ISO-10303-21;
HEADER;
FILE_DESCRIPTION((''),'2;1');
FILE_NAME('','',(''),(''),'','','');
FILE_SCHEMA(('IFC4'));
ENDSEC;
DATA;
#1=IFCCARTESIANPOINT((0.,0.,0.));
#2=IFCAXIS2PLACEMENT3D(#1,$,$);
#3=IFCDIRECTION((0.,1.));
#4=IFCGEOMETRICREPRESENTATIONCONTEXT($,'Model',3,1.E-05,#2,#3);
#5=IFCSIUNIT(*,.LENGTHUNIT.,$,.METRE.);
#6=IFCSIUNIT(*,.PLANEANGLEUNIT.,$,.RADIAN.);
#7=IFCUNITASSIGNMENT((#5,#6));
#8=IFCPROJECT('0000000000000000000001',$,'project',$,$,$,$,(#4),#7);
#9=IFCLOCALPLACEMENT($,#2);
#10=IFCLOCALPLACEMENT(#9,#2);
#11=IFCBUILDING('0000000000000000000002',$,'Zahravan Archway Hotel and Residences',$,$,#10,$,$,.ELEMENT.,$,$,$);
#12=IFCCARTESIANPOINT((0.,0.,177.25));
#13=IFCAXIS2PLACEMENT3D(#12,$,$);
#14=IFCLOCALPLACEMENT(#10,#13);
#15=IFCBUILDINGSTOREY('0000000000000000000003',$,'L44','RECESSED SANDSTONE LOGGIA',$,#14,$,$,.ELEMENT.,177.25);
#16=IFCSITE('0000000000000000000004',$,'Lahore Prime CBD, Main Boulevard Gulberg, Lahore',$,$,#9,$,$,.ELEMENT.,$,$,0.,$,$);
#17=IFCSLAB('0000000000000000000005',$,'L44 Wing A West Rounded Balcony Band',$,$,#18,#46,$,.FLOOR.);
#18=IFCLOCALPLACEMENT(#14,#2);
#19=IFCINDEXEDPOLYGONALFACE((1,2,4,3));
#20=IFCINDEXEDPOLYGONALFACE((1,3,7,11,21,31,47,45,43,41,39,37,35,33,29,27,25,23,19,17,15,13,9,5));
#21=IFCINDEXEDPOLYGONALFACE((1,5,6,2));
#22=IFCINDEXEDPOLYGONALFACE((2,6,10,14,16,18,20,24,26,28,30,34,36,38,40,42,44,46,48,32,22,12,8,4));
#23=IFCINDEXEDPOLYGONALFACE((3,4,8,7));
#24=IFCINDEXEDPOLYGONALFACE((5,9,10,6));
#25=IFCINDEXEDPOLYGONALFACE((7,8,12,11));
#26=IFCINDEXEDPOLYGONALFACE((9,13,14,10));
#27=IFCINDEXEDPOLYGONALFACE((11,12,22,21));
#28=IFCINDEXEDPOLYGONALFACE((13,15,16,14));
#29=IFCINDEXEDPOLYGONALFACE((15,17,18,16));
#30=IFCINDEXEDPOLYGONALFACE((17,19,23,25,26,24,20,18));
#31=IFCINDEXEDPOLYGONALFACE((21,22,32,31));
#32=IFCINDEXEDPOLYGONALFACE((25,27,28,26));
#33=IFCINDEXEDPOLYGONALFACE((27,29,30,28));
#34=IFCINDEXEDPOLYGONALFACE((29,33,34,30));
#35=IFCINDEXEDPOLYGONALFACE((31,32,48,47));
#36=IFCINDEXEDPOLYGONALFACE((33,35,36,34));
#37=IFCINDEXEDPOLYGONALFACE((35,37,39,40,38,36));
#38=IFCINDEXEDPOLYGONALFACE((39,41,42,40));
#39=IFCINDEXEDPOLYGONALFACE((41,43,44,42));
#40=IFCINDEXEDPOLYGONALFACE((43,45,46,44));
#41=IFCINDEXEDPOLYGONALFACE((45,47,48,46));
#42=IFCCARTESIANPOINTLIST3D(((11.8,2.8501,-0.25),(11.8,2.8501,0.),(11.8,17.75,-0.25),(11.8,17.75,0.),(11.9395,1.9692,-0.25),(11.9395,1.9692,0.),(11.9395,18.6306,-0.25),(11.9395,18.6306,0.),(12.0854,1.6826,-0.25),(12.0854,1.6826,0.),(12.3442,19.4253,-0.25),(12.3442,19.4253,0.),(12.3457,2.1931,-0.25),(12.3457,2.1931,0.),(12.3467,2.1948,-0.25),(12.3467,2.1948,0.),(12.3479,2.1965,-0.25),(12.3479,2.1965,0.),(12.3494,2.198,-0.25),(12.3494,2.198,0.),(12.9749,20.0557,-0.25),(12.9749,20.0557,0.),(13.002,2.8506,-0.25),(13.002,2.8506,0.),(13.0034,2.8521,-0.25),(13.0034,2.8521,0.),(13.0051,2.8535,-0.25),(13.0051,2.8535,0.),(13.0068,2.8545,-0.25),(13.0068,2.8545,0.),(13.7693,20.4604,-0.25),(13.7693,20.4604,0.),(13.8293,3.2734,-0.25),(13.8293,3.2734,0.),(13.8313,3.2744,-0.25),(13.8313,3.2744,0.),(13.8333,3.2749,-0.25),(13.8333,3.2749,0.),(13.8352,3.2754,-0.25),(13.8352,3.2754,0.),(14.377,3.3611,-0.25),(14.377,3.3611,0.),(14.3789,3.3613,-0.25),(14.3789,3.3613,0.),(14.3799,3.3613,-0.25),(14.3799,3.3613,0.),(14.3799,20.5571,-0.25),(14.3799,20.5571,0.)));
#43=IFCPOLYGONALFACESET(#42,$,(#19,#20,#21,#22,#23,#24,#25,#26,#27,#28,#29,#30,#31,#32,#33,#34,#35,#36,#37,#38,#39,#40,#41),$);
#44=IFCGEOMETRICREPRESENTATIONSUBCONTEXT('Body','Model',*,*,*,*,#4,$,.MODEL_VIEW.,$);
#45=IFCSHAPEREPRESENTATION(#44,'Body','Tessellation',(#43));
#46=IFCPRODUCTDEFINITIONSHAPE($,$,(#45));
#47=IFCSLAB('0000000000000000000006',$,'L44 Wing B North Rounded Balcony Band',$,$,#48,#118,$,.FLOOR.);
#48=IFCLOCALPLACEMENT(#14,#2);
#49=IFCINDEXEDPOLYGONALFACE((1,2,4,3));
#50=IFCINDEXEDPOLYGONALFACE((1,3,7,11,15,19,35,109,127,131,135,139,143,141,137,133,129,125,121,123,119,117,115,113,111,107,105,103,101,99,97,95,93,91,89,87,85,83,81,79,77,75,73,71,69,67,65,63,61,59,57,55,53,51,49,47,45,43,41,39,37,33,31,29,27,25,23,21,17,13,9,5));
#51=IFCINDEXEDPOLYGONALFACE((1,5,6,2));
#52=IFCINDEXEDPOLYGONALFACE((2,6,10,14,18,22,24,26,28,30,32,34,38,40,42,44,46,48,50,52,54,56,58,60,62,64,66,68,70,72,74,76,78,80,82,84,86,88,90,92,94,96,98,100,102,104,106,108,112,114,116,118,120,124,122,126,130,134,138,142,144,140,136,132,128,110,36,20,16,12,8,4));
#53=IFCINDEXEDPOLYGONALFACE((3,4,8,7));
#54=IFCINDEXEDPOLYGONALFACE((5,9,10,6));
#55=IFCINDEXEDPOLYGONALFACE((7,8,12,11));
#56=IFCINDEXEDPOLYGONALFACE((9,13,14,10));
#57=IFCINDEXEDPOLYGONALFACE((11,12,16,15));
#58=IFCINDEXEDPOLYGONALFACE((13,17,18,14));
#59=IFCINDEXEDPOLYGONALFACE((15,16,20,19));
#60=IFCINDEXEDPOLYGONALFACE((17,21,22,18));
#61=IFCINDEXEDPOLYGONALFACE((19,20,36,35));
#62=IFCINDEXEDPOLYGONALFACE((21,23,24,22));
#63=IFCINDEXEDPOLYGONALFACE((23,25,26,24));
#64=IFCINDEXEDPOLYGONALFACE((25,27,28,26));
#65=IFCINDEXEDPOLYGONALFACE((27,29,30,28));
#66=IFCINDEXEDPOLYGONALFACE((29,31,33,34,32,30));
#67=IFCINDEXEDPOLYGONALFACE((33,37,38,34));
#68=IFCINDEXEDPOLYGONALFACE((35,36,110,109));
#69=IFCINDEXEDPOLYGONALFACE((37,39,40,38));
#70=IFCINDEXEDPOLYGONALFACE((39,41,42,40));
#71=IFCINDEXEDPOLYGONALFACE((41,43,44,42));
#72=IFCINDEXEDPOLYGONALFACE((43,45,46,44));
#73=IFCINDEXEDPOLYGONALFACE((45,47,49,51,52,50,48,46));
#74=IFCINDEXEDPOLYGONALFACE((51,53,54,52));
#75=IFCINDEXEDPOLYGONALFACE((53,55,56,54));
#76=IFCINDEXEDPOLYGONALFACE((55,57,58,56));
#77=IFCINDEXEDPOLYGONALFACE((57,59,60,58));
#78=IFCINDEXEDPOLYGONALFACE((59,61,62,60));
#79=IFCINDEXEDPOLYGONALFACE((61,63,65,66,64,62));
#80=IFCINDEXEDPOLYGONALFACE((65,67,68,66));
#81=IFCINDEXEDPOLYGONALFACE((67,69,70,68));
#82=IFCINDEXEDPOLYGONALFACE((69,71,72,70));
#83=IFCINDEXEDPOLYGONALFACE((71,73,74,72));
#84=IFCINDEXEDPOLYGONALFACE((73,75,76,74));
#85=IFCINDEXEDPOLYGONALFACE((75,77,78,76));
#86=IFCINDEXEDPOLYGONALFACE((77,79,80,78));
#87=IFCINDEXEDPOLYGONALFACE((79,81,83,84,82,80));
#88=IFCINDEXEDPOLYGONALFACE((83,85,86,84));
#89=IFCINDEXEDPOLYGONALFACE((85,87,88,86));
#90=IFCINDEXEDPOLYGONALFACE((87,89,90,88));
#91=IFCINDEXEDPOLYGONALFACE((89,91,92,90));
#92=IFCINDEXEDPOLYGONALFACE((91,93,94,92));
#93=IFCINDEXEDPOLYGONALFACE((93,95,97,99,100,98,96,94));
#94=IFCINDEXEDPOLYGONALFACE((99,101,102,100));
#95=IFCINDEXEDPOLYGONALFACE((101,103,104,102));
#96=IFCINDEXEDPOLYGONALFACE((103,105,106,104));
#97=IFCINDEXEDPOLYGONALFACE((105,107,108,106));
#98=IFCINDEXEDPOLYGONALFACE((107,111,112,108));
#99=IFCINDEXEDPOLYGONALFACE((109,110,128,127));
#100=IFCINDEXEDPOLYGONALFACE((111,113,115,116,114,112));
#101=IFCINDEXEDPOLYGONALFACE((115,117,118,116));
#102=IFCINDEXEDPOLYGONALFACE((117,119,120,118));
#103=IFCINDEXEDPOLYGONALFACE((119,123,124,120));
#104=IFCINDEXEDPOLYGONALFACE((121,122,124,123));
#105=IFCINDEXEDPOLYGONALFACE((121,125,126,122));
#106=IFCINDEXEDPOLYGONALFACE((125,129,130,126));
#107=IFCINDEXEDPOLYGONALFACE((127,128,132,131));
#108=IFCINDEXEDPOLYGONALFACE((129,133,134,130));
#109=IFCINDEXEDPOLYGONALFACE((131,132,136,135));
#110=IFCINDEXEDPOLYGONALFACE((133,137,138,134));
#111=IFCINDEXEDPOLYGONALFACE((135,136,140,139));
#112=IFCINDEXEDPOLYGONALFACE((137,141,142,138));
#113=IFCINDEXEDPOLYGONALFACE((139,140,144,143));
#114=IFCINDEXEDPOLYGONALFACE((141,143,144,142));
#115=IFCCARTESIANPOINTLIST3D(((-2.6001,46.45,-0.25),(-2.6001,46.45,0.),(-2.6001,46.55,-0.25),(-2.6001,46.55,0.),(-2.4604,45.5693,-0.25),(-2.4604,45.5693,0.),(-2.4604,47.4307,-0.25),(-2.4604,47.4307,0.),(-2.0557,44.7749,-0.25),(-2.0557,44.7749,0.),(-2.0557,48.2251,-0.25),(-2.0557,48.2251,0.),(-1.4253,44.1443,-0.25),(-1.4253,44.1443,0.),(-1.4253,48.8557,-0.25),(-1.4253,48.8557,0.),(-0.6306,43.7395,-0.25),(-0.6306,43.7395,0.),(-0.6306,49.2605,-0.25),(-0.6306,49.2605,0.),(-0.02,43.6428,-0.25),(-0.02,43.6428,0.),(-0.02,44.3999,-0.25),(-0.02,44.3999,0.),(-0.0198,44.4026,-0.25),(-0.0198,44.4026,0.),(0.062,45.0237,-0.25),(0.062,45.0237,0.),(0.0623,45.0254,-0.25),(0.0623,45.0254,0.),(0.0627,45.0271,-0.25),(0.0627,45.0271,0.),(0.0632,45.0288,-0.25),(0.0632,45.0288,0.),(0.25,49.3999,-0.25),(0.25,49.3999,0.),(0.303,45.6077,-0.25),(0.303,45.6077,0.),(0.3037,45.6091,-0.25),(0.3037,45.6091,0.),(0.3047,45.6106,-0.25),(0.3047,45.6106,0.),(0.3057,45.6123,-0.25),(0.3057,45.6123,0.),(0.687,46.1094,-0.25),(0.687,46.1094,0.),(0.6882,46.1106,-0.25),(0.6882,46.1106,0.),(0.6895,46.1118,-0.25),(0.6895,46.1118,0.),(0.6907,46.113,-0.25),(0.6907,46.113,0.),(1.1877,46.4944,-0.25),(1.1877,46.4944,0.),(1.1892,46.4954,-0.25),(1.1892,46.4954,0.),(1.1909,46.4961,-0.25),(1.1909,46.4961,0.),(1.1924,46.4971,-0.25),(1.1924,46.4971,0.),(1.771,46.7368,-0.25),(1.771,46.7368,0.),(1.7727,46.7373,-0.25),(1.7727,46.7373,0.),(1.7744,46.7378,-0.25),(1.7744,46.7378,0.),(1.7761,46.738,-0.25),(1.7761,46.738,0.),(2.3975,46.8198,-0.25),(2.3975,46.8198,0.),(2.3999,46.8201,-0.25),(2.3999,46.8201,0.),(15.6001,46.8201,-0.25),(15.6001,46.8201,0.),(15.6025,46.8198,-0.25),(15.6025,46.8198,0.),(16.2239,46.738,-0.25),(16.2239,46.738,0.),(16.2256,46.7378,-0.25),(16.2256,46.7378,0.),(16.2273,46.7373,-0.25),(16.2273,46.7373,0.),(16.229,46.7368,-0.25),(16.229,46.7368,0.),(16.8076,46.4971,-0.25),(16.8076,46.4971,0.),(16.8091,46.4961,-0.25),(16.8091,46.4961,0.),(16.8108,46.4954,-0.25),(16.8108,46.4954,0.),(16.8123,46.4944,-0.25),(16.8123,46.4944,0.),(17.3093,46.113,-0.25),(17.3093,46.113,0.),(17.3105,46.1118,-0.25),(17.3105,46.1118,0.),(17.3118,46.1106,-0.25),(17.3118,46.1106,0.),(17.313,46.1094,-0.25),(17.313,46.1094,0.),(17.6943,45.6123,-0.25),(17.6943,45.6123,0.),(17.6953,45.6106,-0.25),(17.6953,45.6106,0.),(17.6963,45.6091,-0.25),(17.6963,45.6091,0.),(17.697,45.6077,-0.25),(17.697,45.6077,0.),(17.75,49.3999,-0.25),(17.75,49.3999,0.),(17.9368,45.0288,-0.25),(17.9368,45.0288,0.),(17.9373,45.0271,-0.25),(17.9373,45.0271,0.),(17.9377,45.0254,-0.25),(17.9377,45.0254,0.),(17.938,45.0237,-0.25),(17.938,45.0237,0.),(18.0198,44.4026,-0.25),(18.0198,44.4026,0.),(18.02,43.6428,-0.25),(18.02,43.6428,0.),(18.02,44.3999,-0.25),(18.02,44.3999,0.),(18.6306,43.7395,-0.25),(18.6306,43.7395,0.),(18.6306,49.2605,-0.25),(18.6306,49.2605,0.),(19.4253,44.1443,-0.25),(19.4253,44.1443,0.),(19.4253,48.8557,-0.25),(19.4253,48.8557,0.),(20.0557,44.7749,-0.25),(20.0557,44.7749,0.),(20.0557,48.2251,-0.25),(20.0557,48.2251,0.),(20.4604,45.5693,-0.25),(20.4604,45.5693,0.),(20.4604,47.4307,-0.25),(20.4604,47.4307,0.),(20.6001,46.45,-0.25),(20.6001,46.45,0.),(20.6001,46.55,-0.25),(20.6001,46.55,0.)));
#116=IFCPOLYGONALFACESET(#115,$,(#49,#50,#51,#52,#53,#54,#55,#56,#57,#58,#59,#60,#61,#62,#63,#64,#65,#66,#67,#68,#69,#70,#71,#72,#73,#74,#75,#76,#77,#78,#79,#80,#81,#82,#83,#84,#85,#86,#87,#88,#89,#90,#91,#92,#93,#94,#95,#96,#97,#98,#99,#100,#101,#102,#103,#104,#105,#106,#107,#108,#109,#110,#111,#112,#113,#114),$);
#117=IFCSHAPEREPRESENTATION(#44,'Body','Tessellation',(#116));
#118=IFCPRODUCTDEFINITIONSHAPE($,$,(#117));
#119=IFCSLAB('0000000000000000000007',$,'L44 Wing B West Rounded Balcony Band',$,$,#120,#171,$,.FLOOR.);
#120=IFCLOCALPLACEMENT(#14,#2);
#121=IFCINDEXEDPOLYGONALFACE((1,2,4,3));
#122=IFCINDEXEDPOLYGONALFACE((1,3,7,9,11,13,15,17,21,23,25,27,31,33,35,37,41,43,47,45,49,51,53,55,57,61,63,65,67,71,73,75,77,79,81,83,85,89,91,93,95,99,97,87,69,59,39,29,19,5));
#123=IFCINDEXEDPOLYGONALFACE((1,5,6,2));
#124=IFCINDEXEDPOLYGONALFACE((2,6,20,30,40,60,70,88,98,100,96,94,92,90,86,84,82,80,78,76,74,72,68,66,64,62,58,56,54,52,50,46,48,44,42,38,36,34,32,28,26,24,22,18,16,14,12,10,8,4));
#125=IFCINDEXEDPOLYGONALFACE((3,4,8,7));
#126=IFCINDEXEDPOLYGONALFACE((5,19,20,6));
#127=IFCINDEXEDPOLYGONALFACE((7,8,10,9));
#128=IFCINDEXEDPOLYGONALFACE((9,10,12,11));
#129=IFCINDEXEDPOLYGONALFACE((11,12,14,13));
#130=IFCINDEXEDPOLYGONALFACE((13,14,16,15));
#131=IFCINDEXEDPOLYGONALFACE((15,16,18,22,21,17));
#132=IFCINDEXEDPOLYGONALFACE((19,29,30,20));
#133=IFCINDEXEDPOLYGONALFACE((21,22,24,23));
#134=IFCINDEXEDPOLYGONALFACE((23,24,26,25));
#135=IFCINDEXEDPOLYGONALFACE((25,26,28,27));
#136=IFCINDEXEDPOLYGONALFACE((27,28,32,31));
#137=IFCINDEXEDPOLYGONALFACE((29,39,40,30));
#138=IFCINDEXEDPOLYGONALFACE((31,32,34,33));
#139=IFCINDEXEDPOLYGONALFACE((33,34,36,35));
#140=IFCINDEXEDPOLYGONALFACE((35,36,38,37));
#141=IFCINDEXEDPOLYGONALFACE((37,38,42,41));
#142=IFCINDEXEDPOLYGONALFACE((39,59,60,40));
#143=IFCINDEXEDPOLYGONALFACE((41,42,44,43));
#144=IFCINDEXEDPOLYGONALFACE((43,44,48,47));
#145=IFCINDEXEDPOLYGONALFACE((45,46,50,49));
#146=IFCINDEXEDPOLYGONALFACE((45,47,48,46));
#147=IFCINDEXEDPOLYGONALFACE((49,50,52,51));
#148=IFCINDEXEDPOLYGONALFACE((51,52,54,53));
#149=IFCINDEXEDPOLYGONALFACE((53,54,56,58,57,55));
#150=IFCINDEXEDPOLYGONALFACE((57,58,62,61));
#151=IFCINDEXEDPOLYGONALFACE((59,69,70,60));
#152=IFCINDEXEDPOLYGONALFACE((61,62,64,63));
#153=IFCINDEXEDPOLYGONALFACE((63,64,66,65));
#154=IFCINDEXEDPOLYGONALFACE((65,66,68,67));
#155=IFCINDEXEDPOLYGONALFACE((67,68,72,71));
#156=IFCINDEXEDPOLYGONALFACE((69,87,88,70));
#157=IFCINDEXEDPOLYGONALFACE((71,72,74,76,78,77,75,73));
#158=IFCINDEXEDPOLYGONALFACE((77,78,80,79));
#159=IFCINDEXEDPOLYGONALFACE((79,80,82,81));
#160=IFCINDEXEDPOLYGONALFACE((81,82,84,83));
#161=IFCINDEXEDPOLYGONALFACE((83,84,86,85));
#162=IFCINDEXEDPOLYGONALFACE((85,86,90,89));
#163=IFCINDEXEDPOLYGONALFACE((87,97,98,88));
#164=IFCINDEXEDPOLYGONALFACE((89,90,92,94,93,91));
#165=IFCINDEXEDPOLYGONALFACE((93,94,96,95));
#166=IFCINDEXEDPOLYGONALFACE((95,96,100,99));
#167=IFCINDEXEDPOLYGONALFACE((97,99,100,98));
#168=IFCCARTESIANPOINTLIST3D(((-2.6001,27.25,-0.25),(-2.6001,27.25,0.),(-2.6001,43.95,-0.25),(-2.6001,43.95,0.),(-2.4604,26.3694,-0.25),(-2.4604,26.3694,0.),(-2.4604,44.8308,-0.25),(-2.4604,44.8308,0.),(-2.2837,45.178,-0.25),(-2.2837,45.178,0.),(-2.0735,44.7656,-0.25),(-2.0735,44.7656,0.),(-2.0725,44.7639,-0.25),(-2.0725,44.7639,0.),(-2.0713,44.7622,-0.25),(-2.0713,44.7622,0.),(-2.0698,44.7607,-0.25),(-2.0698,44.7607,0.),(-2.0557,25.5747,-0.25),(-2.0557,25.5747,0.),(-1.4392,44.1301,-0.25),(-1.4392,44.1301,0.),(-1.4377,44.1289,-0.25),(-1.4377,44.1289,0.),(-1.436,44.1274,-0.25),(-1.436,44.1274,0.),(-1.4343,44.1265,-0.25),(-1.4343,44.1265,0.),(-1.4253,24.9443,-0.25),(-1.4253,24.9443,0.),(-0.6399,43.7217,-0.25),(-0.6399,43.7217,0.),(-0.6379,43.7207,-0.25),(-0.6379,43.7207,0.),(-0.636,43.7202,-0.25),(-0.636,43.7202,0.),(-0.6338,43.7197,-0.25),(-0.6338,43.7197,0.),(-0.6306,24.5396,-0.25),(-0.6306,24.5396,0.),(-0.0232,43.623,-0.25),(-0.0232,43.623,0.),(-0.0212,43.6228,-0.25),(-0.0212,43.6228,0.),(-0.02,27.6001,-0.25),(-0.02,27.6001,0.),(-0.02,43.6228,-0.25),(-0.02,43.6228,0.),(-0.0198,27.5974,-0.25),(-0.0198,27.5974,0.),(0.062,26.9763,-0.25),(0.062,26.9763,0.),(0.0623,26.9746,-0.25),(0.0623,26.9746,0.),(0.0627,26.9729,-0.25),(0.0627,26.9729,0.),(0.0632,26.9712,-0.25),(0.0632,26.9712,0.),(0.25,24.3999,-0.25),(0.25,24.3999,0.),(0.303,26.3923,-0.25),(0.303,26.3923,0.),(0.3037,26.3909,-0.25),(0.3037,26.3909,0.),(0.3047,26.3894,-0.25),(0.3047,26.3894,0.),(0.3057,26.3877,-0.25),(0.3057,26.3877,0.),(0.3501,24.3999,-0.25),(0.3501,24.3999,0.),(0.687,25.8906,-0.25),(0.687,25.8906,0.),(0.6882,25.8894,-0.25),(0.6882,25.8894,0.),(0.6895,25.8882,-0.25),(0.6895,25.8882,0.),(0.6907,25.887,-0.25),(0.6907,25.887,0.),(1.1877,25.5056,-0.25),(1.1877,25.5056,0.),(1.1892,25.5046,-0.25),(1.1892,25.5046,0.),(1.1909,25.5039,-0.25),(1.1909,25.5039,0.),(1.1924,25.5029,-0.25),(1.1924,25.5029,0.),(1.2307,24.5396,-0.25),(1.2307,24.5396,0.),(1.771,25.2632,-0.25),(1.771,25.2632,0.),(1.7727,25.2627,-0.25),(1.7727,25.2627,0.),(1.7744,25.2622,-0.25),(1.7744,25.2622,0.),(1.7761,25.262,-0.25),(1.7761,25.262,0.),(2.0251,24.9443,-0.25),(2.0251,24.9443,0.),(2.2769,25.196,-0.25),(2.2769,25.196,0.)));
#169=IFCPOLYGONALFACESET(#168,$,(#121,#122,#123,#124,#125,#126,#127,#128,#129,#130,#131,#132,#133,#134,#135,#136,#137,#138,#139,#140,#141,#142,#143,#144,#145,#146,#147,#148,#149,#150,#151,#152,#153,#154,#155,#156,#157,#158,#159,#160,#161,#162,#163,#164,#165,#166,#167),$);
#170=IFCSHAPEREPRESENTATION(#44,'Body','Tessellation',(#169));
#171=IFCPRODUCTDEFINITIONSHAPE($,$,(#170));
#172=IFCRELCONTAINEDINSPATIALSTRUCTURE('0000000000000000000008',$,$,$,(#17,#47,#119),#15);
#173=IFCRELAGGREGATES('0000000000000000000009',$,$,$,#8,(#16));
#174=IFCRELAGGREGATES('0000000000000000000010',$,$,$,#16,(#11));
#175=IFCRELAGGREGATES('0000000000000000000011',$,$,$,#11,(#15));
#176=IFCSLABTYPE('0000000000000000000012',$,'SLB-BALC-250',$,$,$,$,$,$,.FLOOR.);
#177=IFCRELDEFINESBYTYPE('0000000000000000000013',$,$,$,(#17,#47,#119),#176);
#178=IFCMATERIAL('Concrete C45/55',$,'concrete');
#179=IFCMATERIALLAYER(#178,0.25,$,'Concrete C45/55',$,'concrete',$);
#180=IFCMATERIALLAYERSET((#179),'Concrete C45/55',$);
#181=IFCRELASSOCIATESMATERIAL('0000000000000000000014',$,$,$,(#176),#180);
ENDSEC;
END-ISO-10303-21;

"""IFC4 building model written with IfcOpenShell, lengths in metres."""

from ifc_helpers import new_model, si_unit, direction, frame, origin, place, context, subcontext, project, spatial, polyline, outline, extrude, material, layer, layer_set, type_object, element, save


model = new_model("IFC4")

# Units and contexts
model_context = context("Model", 3, precision=1e-05, world=origin(), true_north=direction((0.0, 1.0)))
body_context = subcontext(model_context, "Body", "Model", "MODEL_VIEW")
ifc_project = project(units=[si_unit("LENGTHUNIT", "METRE"), si_unit("PLANEANGLEUNIT", "RADIAN")], contexts=[model_context])

# Site, building, storey
site_placement = place(None, origin())
site = spatial("IfcSite", under=ifc_project, at=site_placement, Name="Lahore Prime CBD, Main Boulevard Gulberg, Lahore", CompositionType="ELEMENT", RefElevation=0.0)
building_placement = place(site_placement, origin())
building = spatial("IfcBuilding", under=site, at=building_placement, Name="Zahravan Archway Hotel and Residences", CompositionType="ELEMENT")
storey_placement = place(building_placement, frame((0.0, 0.0, 177.25)))
storey = spatial("IfcBuildingStorey", under=building, at=storey_placement, Name="L44", Description="RECESSED SANDSTONE LOGGIA", CompositionType="ELEMENT", Elevation=177.25)

# Slabs
ifc_material_1 = material(Name="Concrete C45/55", Category="concrete")
ifc_layer_1 = layer(ifc_material_1, 0.25, Name="Concrete C45/55", Category="concrete")
ifc_layer_set_1 = layer_set([ifc_layer_1], Name="Concrete C45/55")
slab_type_1 = type_object("IfcSlabType", Name="SLB-BALC-250", PredefinedType="FLOOR", material=ifc_layer_set_1)
slab_1_placement = place(storey_placement, frame((0.0, 0.0, -0.25)))
element("IfcSlab", 1, at=slab_1_placement, inside=storey, type_object=slab_type_1, Name="L44 Wing A West Rounded Balcony Band", PredefinedType="FLOOR", context=body_context, shape_type="SweptSolid", body=[
    extrude(outline(polyline([(11.9395, 1.9692), (11.8, 2.8501), (11.8, 17.75), (11.9395, 18.6306), (12.3442, 19.4253), (12.9749, 20.0557), (13.7693, 20.4604), (14.3799, 20.5571), (14.3799, 3.3613), (14.3789, 3.3613), (14.377, 3.3611), (13.8352, 3.2754), (13.8333, 3.2749), (13.8313, 3.2744), (13.8293, 3.2734), (13.0068, 2.8545), (13.0051, 2.8535), (13.0034, 2.8521), (13.002, 2.8506), (12.3494, 2.198), (12.3479, 2.1965), (12.3467, 2.1948), (12.3457, 2.1931), (12.0854, 1.6826), (11.9395, 1.9692)])), origin(), (0.0, 0.0, 1.0), 0.25),
])
slab_2_placement = place(storey_placement, frame((0.0, 0.0, -0.25)))
element("IfcSlab", 2, at=slab_2_placement, inside=storey, type_object=slab_type_1, Name="L44 Wing B North Rounded Balcony Band", PredefinedType="FLOOR", context=body_context, shape_type="SweptSolid", body=[
    extrude(outline(polyline([(-0.6306, 43.7395), (-1.4253, 44.1443), (-2.0557, 44.7749), (-2.4604, 45.5693), (-2.6001, 46.45), (-2.6001, 46.55), (-2.4604, 47.4307), (-2.0557, 48.2251), (-1.4253, 48.8557), (-0.6306, 49.2605), (0.25, 49.3999), (17.75, 49.3999), (18.6306, 49.2605), (19.4253, 48.8557), (20.0557, 48.2251), (20.4604, 47.4307), (20.6001, 46.55), (20.6001, 46.45), (20.4604, 45.5693), (20.0557, 44.7749), (19.4253, 44.1443), (18.6306, 43.7395), (18.02, 43.6428), (18.02, 44.3999), (18.0198, 44.4026), (17.938, 45.0237), (17.9377, 45.0254), (17.9373, 45.0271), (17.9368, 45.0288), (17.697, 45.6077), (17.6963, 45.6091), (17.6953, 45.6106), (17.6943, 45.6123), (17.313, 46.1094), (17.3118, 46.1106), (17.3105, 46.1118), (17.3093, 46.113), (16.8123, 46.4944), (16.8108, 46.4954), (16.8091, 46.4961), (16.8076, 46.4971), (16.229, 46.7368), (16.2273, 46.7373), (16.2256, 46.7378), (16.2239, 46.738), (15.6025, 46.8198), (15.6001, 46.8201), (2.3999, 46.8201), (2.3975, 46.8198), (1.7761, 46.738), (1.7744, 46.7378), (1.7727, 46.7373), (1.771, 46.7368), (1.1924, 46.4971), (1.1909, 46.4961), (1.1892, 46.4954), (1.1877, 46.4944), (0.6907, 46.113), (0.6895, 46.1118), (0.6882, 46.1106), (0.687, 46.1094), (0.3057, 45.6123), (0.3047, 45.6106), (0.3037, 45.6091), (0.303, 45.6077), (0.0632, 45.0288), (0.0627, 45.0271), (0.0623, 45.0254), (0.062, 45.0237), (-0.0198, 44.4026), (-0.02, 44.3999), (-0.02, 43.6428), (-0.6306, 43.7395)])), origin(), (0.0, 0.0, 1.0), 0.25),
])
slab_3_placement = place(storey_placement, frame((0.0, 0.0, -0.25)))
element("IfcSlab", 3, at=slab_3_placement, inside=storey, type_object=slab_type_1, Name="L44 Wing B West Rounded Balcony Band", PredefinedType="FLOOR", context=body_context, shape_type="SweptSolid", body=[
    extrude(outline(polyline([(2.0251, 24.9443), (1.2307, 24.5396), (0.3501, 24.3999), (0.25, 24.3999), (-0.6306, 24.5396), (-1.4253, 24.9443), (-2.0557, 25.5747), (-2.4604, 26.3694), (-2.6001, 27.25), (-2.6001, 43.95), (-2.4604, 44.8308), (-2.2837, 45.178), (-2.0735, 44.7656), (-2.0725, 44.7639), (-2.0713, 44.7622), (-2.0698, 44.7607), (-1.4392, 44.1301), (-1.4377, 44.1289), (-1.436, 44.1274), (-1.4343, 44.1265), (-0.6399, 43.7217), (-0.6379, 43.7207), (-0.636, 43.7202), (-0.6338, 43.7197), (-0.0232, 43.623), (-0.0212, 43.6228), (-0.02, 43.6228), (-0.02, 27.6001), (-0.0198, 27.5974), (0.062, 26.9763), (0.0623, 26.9746), (0.0627, 26.9729), (0.0632, 26.9712), (0.303, 26.3923), (0.3037, 26.3909), (0.3047, 26.3894), (0.3057, 26.3877), (0.687, 25.8906), (0.6882, 25.8894), (0.6895, 25.8882), (0.6907, 25.887), (1.1877, 25.5056), (1.1892, 25.5046), (1.1909, 25.5039), (1.1924, 25.5029), (1.771, 25.2632), (1.7727, 25.2627), (1.7744, 25.2622), (1.7761, 25.262), (2.2769, 25.196), (2.0251, 24.9443)])), origin(), (0.0, 0.0, 1.0), 0.25),
])

save(model, "model.ifc")
